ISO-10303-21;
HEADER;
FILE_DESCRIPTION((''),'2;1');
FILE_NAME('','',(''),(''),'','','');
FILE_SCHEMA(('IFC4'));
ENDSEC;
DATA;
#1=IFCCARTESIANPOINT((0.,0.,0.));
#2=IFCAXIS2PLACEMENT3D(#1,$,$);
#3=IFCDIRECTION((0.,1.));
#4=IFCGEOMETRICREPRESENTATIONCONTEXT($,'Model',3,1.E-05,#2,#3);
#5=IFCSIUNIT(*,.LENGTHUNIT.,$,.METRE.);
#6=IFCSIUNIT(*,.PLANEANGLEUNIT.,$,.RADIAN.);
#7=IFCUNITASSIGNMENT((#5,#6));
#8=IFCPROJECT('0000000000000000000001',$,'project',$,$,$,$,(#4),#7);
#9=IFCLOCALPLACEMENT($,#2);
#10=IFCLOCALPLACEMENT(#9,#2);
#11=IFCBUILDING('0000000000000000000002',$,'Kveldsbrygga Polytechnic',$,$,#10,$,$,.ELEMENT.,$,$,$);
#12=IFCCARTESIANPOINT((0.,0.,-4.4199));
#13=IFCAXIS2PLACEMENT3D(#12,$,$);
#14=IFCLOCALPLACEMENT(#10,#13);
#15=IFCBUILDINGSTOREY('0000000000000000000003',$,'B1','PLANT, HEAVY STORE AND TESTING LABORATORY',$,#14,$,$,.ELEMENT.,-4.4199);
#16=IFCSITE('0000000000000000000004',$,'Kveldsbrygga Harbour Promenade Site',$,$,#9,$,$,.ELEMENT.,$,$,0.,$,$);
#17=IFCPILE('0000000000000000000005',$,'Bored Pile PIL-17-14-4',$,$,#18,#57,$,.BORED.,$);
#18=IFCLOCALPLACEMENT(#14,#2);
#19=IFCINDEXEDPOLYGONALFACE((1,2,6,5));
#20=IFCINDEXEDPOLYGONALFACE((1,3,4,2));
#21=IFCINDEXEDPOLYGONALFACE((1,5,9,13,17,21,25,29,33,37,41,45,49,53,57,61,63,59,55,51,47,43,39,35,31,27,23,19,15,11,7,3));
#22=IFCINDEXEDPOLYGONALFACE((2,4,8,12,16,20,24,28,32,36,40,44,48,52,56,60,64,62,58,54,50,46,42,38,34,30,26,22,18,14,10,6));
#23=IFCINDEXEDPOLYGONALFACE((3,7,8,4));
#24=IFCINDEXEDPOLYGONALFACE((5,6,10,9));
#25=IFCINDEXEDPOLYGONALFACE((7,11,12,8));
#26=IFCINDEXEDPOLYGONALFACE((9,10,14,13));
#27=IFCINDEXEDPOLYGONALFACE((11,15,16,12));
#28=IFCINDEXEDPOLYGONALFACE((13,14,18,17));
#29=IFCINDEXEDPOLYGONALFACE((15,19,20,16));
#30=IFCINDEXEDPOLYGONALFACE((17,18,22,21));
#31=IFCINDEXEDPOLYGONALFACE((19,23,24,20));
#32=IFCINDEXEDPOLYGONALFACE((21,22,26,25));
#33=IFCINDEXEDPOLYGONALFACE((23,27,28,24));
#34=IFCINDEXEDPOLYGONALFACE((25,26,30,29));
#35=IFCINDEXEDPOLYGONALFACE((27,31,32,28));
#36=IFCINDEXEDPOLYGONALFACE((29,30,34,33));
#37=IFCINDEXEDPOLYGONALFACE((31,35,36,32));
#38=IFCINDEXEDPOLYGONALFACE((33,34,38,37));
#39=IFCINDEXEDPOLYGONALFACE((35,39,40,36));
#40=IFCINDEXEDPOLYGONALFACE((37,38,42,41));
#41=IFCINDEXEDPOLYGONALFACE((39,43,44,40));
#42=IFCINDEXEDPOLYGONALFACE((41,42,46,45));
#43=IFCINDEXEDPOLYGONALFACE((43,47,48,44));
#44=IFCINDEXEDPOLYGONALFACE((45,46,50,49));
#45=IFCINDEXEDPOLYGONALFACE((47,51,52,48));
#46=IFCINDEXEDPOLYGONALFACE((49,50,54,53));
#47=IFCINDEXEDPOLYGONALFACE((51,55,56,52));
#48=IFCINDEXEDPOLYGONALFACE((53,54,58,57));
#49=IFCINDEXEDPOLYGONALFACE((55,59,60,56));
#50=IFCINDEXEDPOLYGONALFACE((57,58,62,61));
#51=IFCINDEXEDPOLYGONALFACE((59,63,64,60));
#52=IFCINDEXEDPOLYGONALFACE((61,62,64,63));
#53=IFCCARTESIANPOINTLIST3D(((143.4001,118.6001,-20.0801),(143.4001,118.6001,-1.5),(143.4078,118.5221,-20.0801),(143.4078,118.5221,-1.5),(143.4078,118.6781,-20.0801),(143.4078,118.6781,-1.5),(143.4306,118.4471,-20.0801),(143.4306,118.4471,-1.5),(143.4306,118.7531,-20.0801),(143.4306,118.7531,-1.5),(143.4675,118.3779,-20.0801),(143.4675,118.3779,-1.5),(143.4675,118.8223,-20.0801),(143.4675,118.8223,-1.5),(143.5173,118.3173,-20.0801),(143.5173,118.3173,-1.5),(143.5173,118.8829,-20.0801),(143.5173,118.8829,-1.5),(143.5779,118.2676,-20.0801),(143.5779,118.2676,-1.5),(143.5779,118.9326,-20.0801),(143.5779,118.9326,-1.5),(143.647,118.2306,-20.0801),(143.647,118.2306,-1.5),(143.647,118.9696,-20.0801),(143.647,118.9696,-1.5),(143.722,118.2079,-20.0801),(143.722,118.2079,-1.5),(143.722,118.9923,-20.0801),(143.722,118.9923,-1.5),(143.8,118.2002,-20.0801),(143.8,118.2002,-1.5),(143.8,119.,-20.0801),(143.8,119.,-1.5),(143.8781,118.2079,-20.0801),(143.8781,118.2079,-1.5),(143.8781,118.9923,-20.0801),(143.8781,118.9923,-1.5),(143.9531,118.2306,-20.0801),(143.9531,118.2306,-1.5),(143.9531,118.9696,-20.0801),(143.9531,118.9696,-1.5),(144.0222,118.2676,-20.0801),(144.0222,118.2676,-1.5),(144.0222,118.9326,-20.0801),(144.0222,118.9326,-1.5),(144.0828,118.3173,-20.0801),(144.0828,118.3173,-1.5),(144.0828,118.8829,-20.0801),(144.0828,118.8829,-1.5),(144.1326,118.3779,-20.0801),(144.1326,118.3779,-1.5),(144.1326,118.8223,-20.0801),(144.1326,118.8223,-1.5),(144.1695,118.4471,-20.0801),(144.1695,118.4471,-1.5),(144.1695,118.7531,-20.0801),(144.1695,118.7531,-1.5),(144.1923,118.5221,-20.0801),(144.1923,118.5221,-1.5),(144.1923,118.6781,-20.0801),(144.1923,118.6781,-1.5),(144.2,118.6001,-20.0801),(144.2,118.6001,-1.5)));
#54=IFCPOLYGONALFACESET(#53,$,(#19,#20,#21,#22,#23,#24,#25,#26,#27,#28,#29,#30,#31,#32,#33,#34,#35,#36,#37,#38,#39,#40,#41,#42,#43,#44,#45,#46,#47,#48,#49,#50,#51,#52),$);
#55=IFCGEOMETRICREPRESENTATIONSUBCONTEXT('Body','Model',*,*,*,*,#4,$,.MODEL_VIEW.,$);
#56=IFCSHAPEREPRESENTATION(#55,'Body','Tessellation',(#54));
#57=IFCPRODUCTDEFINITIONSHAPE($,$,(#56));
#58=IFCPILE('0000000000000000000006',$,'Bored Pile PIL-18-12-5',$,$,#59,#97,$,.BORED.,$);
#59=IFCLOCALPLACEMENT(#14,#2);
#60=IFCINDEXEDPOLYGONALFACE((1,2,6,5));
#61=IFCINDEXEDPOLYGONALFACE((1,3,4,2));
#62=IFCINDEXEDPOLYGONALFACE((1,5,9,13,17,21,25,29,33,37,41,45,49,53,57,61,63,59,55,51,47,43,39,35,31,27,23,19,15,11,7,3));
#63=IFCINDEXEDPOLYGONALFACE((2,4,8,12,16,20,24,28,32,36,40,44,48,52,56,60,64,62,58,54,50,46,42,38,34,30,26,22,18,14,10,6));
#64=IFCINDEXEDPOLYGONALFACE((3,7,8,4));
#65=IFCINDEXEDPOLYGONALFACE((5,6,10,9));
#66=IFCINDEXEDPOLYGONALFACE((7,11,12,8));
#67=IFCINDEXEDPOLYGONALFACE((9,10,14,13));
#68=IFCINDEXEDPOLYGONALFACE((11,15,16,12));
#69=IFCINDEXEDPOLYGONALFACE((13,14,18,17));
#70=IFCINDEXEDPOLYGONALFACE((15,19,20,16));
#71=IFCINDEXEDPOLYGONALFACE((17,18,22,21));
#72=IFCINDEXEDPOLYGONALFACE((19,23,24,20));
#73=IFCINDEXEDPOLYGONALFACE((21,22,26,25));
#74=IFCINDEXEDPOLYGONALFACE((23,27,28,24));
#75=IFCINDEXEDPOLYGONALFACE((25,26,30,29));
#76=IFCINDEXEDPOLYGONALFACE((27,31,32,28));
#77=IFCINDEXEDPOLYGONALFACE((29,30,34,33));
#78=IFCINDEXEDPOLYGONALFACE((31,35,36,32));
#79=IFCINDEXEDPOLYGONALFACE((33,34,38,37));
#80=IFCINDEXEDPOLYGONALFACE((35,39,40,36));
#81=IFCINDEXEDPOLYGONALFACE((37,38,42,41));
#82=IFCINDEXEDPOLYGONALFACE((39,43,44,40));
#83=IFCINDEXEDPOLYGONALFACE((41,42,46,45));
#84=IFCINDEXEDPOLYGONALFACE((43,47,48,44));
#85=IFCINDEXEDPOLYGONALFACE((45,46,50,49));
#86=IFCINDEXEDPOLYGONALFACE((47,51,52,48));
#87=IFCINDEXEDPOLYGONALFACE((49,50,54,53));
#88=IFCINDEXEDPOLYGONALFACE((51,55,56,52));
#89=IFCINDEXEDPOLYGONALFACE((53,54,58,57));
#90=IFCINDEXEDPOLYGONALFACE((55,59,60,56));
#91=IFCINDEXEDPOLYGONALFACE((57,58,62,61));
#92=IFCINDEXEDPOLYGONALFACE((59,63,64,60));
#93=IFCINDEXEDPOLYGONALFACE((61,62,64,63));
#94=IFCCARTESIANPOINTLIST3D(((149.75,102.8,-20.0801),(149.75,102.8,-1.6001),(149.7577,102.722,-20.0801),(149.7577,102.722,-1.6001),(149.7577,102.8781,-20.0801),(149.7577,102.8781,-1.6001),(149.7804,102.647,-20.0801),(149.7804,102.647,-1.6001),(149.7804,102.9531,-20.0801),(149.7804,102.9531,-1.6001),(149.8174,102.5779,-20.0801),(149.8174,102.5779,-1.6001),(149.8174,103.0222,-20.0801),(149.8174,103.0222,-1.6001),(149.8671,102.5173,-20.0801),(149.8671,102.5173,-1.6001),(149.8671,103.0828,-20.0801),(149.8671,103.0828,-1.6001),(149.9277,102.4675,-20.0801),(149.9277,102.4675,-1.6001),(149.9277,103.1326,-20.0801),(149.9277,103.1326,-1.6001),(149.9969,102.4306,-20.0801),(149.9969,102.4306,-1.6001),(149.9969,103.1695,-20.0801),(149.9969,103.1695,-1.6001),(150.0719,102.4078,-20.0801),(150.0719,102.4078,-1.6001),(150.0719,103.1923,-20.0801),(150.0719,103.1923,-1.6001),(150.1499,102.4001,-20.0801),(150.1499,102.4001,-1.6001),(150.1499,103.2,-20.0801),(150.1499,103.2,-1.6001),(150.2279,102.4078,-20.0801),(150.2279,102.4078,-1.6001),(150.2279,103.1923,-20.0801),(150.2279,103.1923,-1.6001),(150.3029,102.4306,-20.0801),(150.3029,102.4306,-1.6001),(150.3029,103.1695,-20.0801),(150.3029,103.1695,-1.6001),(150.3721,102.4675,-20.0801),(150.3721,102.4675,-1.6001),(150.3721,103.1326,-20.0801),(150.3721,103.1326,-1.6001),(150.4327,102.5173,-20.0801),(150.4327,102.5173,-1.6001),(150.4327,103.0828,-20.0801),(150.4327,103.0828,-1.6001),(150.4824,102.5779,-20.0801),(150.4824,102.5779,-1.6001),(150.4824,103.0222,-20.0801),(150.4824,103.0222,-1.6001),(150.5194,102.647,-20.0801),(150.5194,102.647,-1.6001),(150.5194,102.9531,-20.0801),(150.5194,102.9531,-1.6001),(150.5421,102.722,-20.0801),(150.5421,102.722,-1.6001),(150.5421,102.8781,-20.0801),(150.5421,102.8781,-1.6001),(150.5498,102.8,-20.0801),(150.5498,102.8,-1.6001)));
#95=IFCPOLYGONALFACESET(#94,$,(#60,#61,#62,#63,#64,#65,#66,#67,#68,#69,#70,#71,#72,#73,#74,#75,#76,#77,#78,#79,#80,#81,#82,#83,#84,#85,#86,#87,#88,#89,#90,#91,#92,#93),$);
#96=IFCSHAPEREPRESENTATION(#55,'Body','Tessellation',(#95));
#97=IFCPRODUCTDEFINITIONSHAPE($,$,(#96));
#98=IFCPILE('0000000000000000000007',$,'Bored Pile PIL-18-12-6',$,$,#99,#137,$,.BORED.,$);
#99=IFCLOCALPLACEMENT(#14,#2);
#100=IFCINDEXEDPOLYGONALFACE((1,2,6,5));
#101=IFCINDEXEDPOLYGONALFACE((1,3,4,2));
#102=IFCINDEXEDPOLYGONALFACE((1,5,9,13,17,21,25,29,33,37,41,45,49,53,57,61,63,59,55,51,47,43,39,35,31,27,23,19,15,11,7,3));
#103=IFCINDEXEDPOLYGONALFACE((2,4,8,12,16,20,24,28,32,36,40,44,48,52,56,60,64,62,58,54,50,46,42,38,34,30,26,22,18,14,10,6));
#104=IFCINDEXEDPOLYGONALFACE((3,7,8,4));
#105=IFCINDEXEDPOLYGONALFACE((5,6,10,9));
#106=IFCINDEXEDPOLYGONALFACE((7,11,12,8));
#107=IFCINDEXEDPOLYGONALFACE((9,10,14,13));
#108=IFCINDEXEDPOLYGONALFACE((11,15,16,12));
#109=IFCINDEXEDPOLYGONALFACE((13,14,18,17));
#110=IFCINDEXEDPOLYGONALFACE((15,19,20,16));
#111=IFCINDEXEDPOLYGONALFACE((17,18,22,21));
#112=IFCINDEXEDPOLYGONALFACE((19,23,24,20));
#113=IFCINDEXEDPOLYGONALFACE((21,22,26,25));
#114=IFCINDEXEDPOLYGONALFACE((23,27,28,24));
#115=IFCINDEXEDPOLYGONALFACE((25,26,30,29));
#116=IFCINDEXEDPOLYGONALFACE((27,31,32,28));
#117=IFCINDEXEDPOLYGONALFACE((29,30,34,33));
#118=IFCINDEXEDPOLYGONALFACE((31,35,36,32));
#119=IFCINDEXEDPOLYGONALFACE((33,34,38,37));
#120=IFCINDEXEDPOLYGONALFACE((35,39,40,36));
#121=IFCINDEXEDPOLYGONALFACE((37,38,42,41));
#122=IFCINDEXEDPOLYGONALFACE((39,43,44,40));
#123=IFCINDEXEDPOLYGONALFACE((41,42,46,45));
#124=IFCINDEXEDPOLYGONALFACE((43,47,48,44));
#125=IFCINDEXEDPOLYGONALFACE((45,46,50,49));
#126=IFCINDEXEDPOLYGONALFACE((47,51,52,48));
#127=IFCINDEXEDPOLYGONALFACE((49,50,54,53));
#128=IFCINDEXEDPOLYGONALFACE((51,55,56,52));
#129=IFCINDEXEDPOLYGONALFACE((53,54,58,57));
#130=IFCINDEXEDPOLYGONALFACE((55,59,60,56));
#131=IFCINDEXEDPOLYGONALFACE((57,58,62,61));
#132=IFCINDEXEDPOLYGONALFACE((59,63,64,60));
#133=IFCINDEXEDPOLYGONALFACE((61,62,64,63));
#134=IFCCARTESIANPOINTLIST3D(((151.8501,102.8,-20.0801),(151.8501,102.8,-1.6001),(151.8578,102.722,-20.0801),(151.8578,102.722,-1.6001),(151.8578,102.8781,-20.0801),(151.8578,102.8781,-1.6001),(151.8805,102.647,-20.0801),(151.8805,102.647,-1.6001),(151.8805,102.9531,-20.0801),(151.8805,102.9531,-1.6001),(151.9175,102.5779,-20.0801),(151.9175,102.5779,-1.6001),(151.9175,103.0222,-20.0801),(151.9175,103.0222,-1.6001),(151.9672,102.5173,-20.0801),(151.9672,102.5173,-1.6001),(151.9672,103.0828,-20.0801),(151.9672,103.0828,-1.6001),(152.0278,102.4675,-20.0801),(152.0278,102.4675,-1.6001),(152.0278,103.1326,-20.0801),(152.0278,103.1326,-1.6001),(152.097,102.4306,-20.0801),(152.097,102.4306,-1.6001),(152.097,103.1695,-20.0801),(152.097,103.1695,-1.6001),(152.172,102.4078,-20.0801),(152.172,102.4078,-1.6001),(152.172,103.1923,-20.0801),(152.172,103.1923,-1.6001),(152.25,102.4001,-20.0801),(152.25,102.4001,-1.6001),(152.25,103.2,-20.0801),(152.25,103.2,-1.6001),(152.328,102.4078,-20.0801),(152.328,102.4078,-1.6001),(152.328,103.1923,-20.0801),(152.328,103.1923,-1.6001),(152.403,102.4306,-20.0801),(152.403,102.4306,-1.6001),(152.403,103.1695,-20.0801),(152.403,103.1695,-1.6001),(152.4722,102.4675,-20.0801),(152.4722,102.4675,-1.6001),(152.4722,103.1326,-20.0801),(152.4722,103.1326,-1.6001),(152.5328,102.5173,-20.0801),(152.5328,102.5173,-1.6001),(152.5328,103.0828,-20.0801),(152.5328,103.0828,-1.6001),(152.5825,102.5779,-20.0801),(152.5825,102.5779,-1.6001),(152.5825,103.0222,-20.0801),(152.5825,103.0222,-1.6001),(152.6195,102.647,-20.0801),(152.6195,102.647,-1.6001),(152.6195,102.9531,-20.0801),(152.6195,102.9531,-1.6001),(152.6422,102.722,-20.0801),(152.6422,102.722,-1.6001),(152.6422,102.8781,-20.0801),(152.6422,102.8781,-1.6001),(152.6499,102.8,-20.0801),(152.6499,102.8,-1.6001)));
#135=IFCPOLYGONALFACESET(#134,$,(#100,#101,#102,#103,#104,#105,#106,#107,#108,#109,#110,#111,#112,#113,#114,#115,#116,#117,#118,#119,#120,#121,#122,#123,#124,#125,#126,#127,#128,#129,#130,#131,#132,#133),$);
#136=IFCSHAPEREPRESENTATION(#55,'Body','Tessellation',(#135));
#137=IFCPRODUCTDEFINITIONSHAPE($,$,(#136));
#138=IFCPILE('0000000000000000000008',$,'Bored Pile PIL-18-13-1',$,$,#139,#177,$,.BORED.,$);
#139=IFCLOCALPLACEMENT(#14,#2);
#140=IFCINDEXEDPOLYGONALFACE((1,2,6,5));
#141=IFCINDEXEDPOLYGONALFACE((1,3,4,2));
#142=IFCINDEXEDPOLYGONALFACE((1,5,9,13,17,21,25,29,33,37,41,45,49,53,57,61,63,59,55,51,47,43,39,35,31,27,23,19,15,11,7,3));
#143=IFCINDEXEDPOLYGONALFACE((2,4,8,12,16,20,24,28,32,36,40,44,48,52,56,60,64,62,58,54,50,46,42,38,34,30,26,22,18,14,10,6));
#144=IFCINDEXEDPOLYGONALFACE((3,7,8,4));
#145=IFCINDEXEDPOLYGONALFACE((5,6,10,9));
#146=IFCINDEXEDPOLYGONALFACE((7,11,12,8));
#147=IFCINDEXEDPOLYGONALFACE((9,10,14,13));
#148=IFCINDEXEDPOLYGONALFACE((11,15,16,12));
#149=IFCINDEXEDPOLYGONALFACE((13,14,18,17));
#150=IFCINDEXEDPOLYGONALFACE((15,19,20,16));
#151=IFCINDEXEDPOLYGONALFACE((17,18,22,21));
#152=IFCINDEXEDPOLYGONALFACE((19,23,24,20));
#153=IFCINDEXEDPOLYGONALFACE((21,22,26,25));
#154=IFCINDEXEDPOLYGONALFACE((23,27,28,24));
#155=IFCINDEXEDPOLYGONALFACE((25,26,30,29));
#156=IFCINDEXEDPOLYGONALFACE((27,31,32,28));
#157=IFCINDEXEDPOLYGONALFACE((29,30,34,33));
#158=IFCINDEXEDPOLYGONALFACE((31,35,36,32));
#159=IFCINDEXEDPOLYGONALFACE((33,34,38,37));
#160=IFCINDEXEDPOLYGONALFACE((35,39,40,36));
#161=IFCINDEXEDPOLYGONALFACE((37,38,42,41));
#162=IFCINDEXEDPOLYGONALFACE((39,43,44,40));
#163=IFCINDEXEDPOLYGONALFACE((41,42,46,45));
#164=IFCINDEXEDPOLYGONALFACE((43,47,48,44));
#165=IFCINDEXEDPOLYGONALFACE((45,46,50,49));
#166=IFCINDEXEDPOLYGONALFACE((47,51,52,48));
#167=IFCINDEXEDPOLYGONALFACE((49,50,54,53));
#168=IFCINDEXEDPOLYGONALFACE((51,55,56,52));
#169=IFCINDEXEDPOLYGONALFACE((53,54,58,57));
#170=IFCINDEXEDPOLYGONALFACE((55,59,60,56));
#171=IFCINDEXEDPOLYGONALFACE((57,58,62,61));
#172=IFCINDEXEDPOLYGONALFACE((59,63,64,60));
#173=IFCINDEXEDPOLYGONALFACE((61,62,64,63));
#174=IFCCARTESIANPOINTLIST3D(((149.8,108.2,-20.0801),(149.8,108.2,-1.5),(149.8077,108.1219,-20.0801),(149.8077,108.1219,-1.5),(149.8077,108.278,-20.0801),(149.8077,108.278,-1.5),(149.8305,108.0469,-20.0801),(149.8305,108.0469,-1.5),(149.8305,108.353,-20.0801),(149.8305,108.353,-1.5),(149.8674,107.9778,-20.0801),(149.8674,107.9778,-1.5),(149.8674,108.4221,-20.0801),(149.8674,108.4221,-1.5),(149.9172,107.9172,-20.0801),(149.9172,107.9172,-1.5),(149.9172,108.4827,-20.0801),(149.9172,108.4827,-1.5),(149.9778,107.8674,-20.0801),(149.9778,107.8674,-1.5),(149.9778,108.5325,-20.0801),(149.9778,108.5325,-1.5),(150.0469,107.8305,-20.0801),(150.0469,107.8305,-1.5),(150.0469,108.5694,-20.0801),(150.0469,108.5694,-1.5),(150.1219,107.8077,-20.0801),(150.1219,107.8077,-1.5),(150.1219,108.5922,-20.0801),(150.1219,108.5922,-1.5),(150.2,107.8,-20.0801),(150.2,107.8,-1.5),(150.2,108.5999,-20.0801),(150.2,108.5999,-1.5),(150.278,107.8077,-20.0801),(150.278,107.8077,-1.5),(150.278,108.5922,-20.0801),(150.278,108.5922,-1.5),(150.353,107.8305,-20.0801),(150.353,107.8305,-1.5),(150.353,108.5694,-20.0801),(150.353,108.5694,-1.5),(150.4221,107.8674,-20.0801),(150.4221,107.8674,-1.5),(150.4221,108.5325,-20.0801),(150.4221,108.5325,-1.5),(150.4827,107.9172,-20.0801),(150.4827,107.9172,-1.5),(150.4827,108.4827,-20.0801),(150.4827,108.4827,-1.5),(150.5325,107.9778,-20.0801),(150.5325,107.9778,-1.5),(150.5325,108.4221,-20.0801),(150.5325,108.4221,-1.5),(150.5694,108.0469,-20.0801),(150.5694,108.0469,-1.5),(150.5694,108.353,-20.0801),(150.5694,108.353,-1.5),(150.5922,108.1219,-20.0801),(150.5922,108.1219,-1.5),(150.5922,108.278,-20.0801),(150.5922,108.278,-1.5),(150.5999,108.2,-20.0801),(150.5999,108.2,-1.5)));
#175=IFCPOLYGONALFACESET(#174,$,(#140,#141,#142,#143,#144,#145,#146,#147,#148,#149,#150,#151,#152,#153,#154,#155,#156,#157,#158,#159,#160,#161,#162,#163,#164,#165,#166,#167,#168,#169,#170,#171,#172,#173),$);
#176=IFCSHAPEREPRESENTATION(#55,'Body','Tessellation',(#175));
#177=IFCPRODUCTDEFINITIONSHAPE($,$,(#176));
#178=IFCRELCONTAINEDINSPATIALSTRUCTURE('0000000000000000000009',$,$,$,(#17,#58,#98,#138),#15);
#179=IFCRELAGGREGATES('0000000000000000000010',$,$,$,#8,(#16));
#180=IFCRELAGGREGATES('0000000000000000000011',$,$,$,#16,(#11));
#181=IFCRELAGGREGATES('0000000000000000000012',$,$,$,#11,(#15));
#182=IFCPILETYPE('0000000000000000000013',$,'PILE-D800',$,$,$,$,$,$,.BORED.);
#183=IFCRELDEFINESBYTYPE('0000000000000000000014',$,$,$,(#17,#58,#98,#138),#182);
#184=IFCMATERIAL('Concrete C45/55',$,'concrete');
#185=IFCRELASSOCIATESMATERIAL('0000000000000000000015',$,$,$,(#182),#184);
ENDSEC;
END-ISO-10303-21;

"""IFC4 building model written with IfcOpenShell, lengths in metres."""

from ifc_helpers import new_model, si_unit, direction, frame, origin, origin_2d, place, context, subcontext, project, spatial, circle, extrude, material, material_profile, profile_set, type_object, element, save


model = new_model("IFC4")

# Units and contexts
model_context = context("Model", 3, precision=1e-05, world=origin(), true_north=direction((0.0, 1.0)))
body_context = subcontext(model_context, "Body", "Model", "MODEL_VIEW")
ifc_project = project(units=[si_unit("LENGTHUNIT", "METRE"), si_unit("PLANEANGLEUNIT", "RADIAN")], contexts=[model_context])

# Site, building, storey
site_placement = place(None, origin())
site = spatial("IfcSite", under=ifc_project, at=site_placement, Name="Kveldsbrygga Harbour Promenade Site", CompositionType="ELEMENT", RefElevation=0.0)
building_placement = place(site_placement, origin())
building = spatial("IfcBuilding", under=site, at=building_placement, Name="Kveldsbrygga Polytechnic", CompositionType="ELEMENT")
storey_placement = place(building_placement, frame((0.0, 0.0, -4.4199)))
storey = spatial("IfcBuildingStorey", under=building, at=storey_placement, Name="B1", Description="PLANT, HEAVY STORE AND TESTING LABORATORY", CompositionType="ELEMENT", Elevation=-4.4199)

# Shared definitions
ifc_material_1 = material(Name="Concrete C45/55", Category="concrete")

# Piles
ifc_material_profile_1 = material_profile(ifc_material_1, circle(Radius=0.3999, at=origin_2d()), Name="PILE D800")
ifc_profile_set_1 = profile_set([ifc_material_profile_1], Name="Concrete C45/55")
pile_type = type_object("IfcPileType", Name="PILE-D800", PredefinedType="BORED", material=ifc_profile_set_1)
for number, where, z_axis, x_axis, name in (
    (1, (143.8, 118.6001, -1.5), (0.0, 0.0, -1.0), (1.0, 0.0, 0.0), "Bored Pile PIL-17-14-4"),
):
    element("IfcPile", number, at=place(storey_placement, frame(where, z_axis=z_axis, x_axis=x_axis)), inside=storey, type_object=pile_type, Name=name, PredefinedType="BORED", context=body_context, shape_type="SweptSolid", body=[
        extrude(circle(Radius=0.3999, at=origin_2d()), origin(), (0.0, 0.0, 1.0), 18.5801),
    ])
for number, where, z_axis, x_axis, name in (
    (2, (150.1499, 102.8, -1.6001), (0.0, 0.0, -1.0), (1.0, 0.0, 0.0), "Bored Pile PIL-18-12-5"),
    (3, (152.25, 102.8, -1.6001), (0.0, 0.0, -1.0), (1.0, 0.0, 0.0), "Bored Pile PIL-18-12-6"),
):
    element("IfcPile", number, at=place(storey_placement, frame(where, z_axis=z_axis, x_axis=x_axis)), inside=storey, type_object=pile_type, Name=name, PredefinedType="BORED", context=body_context, shape_type="SweptSolid", body=[
        extrude(circle(Radius=0.3999, at=origin_2d()), origin(), (0.0, 0.0, 1.0), 18.48),
    ])
for number, where, z_axis, x_axis, name in (
    (4, (150.2, 108.2, -1.5), (0.0, 0.0, -1.0), (1.0, 0.0, 0.0), "Bored Pile PIL-18-13-1"),
):
    element("IfcPile", number, at=place(storey_placement, frame(where, z_axis=z_axis, x_axis=x_axis)), inside=storey, type_object=pile_type, Name=name, PredefinedType="BORED", context=body_context, shape_type="SweptSolid", body=[
        extrude(circle(Radius=0.3999, at=origin_2d()), origin(), (0.0, 0.0, 1.0), 18.5801),
    ])

save(model, "model.ifc")
